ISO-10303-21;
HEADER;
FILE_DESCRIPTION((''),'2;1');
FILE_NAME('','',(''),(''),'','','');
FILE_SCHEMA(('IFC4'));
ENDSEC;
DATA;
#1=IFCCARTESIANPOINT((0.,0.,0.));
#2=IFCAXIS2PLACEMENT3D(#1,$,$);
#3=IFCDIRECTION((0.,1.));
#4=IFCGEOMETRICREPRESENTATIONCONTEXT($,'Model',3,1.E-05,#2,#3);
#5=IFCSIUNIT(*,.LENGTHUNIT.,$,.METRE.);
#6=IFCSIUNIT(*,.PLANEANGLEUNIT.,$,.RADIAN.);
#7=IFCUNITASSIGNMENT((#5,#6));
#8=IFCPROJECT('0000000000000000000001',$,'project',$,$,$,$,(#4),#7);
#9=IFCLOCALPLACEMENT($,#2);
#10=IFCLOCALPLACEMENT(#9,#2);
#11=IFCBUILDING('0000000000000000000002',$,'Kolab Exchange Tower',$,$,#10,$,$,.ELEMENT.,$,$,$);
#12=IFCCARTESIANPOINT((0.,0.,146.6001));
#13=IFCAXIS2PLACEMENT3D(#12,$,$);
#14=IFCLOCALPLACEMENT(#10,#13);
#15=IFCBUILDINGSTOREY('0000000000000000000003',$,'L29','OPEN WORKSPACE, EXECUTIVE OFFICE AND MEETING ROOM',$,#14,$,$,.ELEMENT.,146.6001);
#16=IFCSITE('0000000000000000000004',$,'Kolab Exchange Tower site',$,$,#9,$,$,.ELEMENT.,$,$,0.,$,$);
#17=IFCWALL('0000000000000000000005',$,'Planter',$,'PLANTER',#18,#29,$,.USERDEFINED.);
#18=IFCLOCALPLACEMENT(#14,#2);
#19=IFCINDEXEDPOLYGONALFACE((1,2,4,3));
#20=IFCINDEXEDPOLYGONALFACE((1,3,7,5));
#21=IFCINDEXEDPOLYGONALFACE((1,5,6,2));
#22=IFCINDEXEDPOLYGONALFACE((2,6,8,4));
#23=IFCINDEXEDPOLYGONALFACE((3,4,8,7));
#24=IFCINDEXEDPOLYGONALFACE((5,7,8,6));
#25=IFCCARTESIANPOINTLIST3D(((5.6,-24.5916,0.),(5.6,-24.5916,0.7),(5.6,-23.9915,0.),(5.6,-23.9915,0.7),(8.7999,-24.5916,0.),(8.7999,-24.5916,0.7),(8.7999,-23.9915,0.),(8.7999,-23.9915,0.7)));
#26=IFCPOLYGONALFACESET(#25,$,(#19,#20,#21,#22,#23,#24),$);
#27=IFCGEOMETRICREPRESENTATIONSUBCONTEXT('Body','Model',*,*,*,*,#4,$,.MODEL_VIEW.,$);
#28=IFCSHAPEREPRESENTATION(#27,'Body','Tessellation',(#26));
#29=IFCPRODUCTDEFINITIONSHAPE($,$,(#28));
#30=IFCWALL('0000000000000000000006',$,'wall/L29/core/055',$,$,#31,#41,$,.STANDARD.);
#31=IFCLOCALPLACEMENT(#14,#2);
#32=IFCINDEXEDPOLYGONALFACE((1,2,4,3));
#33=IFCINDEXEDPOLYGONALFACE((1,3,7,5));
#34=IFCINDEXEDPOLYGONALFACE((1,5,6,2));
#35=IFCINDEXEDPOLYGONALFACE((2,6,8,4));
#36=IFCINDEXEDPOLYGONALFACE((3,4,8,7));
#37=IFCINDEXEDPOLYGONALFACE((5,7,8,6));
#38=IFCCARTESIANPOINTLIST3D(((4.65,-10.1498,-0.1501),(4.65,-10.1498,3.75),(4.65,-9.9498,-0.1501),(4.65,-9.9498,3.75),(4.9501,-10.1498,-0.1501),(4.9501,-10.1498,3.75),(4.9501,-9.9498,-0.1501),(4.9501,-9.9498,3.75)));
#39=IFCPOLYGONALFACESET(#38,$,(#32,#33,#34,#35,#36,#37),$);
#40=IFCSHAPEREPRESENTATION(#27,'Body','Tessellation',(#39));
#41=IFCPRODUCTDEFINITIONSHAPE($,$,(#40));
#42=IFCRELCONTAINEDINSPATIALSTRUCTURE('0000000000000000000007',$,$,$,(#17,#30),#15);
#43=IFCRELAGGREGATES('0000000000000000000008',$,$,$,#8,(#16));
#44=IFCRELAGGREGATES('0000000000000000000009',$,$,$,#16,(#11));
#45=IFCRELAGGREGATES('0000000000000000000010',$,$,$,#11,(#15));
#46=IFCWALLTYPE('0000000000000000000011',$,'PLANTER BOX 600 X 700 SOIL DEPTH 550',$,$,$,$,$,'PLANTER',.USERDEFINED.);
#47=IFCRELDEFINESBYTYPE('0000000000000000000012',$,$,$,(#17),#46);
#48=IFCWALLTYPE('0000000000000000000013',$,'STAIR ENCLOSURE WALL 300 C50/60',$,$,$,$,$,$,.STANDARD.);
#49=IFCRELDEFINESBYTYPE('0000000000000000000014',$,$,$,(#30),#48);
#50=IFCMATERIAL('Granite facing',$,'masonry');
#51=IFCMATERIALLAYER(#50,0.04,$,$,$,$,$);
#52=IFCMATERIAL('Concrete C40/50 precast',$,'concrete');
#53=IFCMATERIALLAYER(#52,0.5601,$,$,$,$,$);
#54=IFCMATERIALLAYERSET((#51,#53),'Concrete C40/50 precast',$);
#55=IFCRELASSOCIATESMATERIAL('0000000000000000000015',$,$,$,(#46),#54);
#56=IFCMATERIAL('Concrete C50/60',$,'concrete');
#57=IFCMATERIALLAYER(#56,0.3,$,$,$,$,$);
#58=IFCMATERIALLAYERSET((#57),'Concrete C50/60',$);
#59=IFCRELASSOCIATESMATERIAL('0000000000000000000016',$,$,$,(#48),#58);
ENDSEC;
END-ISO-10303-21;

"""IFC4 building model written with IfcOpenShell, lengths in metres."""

from ifc_helpers import new_model, si_unit, direction, frame, frame_2d, origin, place, context, subcontext, project, spatial, rectangle, extrude, material, layer, layer_set, type_object, element, save


model = new_model("IFC4")

# Units and contexts
model_context = context("Model", 3, precision=1e-05, world=origin(), true_north=direction((0.0, 1.0)))
body_context = subcontext(model_context, "Body", "Model", "MODEL_VIEW")
ifc_project = project(units=[si_unit("LENGTHUNIT", "METRE"), si_unit("PLANEANGLEUNIT", "RADIAN")], contexts=[model_context])

# Site, building, storey
site_placement = place(None, origin())
site = spatial("IfcSite", under=ifc_project, at=site_placement, Name="Kolab Exchange Tower site", CompositionType="ELEMENT", RefElevation=0.0)
building_placement = place(site_placement, origin())
building = spatial("IfcBuilding", under=site, at=building_placement, Name="Kolab Exchange Tower", CompositionType="ELEMENT")
storey_placement = place(building_placement, frame((0.0, 0.0, 146.6001)))
storey = spatial("IfcBuildingStorey", under=building, at=storey_placement, Name="L29", Description="OPEN WORKSPACE, EXECUTIVE OFFICE AND MEETING ROOM", CompositionType="ELEMENT", Elevation=146.6001)

# Walls
ifc_material_1 = material(Name="Granite facing", Category="masonry")
ifc_layer_1 = layer(ifc_material_1, 0.04)
ifc_material_2 = material(Name="Concrete C40/50 precast", Category="concrete")
ifc_layer_2 = layer(ifc_material_2, 0.5601)
ifc_layer_set_1 = layer_set([ifc_layer_1, ifc_layer_2], Name="Concrete C40/50 precast")
wall_type_1 = type_object("IfcWallType", Name="PLANTER BOX 600 X 700 SOIL DEPTH 550", ElementType="PLANTER", PredefinedType="USERDEFINED", material=ifc_layer_set_1)
wall_1_placement = place(storey_placement, frame((8.8, -24.2915, 0.0), z_axis=(0.0, 0.0, 1.0), x_axis=(-1.0, 0.0, 0.0)))
element("IfcWall", 1, at=wall_1_placement, inside=storey, type_object=wall_type_1, Name="Planter", ObjectType="PLANTER", PredefinedType="USERDEFINED", context=body_context, shape_type="SweptSolid", body=[
    extrude(rectangle(XDim=3.2, YDim=0.6001, at=frame_2d((1.6001, 0.0))), origin(), (0.0, 0.0, 1.0), 0.7),
])
ifc_material_3 = material(Name="Concrete C50/60", Category="concrete")
ifc_layer_3 = layer(ifc_material_3, 0.3)
ifc_layer_set_2 = layer_set([ifc_layer_3], Name="Concrete C50/60")
wall_type_2 = type_object("IfcWallType", Name="STAIR ENCLOSURE WALL 300 C50/60", PredefinedType="STANDARD", material=ifc_layer_set_2)
wall_2_placement = place(storey_placement, frame((4.8, -10.1499, -0.1501), z_axis=(0.0, 0.0, 1.0), x_axis=(0.0, 1.0, 0.0)))
element("IfcWall", 2, at=wall_2_placement, inside=storey, type_object=wall_type_2, Name="wall/L29/core/055", PredefinedType="STANDARD", context=body_context, shape_type="SweptSolid", body=[
    extrude(rectangle(XDim=0.2, YDim=0.3, at=frame_2d((0.1001, 0.0))), origin(), (0.0, 0.0, 1.0), 3.9001),
])

save(model, "model.ifc")
